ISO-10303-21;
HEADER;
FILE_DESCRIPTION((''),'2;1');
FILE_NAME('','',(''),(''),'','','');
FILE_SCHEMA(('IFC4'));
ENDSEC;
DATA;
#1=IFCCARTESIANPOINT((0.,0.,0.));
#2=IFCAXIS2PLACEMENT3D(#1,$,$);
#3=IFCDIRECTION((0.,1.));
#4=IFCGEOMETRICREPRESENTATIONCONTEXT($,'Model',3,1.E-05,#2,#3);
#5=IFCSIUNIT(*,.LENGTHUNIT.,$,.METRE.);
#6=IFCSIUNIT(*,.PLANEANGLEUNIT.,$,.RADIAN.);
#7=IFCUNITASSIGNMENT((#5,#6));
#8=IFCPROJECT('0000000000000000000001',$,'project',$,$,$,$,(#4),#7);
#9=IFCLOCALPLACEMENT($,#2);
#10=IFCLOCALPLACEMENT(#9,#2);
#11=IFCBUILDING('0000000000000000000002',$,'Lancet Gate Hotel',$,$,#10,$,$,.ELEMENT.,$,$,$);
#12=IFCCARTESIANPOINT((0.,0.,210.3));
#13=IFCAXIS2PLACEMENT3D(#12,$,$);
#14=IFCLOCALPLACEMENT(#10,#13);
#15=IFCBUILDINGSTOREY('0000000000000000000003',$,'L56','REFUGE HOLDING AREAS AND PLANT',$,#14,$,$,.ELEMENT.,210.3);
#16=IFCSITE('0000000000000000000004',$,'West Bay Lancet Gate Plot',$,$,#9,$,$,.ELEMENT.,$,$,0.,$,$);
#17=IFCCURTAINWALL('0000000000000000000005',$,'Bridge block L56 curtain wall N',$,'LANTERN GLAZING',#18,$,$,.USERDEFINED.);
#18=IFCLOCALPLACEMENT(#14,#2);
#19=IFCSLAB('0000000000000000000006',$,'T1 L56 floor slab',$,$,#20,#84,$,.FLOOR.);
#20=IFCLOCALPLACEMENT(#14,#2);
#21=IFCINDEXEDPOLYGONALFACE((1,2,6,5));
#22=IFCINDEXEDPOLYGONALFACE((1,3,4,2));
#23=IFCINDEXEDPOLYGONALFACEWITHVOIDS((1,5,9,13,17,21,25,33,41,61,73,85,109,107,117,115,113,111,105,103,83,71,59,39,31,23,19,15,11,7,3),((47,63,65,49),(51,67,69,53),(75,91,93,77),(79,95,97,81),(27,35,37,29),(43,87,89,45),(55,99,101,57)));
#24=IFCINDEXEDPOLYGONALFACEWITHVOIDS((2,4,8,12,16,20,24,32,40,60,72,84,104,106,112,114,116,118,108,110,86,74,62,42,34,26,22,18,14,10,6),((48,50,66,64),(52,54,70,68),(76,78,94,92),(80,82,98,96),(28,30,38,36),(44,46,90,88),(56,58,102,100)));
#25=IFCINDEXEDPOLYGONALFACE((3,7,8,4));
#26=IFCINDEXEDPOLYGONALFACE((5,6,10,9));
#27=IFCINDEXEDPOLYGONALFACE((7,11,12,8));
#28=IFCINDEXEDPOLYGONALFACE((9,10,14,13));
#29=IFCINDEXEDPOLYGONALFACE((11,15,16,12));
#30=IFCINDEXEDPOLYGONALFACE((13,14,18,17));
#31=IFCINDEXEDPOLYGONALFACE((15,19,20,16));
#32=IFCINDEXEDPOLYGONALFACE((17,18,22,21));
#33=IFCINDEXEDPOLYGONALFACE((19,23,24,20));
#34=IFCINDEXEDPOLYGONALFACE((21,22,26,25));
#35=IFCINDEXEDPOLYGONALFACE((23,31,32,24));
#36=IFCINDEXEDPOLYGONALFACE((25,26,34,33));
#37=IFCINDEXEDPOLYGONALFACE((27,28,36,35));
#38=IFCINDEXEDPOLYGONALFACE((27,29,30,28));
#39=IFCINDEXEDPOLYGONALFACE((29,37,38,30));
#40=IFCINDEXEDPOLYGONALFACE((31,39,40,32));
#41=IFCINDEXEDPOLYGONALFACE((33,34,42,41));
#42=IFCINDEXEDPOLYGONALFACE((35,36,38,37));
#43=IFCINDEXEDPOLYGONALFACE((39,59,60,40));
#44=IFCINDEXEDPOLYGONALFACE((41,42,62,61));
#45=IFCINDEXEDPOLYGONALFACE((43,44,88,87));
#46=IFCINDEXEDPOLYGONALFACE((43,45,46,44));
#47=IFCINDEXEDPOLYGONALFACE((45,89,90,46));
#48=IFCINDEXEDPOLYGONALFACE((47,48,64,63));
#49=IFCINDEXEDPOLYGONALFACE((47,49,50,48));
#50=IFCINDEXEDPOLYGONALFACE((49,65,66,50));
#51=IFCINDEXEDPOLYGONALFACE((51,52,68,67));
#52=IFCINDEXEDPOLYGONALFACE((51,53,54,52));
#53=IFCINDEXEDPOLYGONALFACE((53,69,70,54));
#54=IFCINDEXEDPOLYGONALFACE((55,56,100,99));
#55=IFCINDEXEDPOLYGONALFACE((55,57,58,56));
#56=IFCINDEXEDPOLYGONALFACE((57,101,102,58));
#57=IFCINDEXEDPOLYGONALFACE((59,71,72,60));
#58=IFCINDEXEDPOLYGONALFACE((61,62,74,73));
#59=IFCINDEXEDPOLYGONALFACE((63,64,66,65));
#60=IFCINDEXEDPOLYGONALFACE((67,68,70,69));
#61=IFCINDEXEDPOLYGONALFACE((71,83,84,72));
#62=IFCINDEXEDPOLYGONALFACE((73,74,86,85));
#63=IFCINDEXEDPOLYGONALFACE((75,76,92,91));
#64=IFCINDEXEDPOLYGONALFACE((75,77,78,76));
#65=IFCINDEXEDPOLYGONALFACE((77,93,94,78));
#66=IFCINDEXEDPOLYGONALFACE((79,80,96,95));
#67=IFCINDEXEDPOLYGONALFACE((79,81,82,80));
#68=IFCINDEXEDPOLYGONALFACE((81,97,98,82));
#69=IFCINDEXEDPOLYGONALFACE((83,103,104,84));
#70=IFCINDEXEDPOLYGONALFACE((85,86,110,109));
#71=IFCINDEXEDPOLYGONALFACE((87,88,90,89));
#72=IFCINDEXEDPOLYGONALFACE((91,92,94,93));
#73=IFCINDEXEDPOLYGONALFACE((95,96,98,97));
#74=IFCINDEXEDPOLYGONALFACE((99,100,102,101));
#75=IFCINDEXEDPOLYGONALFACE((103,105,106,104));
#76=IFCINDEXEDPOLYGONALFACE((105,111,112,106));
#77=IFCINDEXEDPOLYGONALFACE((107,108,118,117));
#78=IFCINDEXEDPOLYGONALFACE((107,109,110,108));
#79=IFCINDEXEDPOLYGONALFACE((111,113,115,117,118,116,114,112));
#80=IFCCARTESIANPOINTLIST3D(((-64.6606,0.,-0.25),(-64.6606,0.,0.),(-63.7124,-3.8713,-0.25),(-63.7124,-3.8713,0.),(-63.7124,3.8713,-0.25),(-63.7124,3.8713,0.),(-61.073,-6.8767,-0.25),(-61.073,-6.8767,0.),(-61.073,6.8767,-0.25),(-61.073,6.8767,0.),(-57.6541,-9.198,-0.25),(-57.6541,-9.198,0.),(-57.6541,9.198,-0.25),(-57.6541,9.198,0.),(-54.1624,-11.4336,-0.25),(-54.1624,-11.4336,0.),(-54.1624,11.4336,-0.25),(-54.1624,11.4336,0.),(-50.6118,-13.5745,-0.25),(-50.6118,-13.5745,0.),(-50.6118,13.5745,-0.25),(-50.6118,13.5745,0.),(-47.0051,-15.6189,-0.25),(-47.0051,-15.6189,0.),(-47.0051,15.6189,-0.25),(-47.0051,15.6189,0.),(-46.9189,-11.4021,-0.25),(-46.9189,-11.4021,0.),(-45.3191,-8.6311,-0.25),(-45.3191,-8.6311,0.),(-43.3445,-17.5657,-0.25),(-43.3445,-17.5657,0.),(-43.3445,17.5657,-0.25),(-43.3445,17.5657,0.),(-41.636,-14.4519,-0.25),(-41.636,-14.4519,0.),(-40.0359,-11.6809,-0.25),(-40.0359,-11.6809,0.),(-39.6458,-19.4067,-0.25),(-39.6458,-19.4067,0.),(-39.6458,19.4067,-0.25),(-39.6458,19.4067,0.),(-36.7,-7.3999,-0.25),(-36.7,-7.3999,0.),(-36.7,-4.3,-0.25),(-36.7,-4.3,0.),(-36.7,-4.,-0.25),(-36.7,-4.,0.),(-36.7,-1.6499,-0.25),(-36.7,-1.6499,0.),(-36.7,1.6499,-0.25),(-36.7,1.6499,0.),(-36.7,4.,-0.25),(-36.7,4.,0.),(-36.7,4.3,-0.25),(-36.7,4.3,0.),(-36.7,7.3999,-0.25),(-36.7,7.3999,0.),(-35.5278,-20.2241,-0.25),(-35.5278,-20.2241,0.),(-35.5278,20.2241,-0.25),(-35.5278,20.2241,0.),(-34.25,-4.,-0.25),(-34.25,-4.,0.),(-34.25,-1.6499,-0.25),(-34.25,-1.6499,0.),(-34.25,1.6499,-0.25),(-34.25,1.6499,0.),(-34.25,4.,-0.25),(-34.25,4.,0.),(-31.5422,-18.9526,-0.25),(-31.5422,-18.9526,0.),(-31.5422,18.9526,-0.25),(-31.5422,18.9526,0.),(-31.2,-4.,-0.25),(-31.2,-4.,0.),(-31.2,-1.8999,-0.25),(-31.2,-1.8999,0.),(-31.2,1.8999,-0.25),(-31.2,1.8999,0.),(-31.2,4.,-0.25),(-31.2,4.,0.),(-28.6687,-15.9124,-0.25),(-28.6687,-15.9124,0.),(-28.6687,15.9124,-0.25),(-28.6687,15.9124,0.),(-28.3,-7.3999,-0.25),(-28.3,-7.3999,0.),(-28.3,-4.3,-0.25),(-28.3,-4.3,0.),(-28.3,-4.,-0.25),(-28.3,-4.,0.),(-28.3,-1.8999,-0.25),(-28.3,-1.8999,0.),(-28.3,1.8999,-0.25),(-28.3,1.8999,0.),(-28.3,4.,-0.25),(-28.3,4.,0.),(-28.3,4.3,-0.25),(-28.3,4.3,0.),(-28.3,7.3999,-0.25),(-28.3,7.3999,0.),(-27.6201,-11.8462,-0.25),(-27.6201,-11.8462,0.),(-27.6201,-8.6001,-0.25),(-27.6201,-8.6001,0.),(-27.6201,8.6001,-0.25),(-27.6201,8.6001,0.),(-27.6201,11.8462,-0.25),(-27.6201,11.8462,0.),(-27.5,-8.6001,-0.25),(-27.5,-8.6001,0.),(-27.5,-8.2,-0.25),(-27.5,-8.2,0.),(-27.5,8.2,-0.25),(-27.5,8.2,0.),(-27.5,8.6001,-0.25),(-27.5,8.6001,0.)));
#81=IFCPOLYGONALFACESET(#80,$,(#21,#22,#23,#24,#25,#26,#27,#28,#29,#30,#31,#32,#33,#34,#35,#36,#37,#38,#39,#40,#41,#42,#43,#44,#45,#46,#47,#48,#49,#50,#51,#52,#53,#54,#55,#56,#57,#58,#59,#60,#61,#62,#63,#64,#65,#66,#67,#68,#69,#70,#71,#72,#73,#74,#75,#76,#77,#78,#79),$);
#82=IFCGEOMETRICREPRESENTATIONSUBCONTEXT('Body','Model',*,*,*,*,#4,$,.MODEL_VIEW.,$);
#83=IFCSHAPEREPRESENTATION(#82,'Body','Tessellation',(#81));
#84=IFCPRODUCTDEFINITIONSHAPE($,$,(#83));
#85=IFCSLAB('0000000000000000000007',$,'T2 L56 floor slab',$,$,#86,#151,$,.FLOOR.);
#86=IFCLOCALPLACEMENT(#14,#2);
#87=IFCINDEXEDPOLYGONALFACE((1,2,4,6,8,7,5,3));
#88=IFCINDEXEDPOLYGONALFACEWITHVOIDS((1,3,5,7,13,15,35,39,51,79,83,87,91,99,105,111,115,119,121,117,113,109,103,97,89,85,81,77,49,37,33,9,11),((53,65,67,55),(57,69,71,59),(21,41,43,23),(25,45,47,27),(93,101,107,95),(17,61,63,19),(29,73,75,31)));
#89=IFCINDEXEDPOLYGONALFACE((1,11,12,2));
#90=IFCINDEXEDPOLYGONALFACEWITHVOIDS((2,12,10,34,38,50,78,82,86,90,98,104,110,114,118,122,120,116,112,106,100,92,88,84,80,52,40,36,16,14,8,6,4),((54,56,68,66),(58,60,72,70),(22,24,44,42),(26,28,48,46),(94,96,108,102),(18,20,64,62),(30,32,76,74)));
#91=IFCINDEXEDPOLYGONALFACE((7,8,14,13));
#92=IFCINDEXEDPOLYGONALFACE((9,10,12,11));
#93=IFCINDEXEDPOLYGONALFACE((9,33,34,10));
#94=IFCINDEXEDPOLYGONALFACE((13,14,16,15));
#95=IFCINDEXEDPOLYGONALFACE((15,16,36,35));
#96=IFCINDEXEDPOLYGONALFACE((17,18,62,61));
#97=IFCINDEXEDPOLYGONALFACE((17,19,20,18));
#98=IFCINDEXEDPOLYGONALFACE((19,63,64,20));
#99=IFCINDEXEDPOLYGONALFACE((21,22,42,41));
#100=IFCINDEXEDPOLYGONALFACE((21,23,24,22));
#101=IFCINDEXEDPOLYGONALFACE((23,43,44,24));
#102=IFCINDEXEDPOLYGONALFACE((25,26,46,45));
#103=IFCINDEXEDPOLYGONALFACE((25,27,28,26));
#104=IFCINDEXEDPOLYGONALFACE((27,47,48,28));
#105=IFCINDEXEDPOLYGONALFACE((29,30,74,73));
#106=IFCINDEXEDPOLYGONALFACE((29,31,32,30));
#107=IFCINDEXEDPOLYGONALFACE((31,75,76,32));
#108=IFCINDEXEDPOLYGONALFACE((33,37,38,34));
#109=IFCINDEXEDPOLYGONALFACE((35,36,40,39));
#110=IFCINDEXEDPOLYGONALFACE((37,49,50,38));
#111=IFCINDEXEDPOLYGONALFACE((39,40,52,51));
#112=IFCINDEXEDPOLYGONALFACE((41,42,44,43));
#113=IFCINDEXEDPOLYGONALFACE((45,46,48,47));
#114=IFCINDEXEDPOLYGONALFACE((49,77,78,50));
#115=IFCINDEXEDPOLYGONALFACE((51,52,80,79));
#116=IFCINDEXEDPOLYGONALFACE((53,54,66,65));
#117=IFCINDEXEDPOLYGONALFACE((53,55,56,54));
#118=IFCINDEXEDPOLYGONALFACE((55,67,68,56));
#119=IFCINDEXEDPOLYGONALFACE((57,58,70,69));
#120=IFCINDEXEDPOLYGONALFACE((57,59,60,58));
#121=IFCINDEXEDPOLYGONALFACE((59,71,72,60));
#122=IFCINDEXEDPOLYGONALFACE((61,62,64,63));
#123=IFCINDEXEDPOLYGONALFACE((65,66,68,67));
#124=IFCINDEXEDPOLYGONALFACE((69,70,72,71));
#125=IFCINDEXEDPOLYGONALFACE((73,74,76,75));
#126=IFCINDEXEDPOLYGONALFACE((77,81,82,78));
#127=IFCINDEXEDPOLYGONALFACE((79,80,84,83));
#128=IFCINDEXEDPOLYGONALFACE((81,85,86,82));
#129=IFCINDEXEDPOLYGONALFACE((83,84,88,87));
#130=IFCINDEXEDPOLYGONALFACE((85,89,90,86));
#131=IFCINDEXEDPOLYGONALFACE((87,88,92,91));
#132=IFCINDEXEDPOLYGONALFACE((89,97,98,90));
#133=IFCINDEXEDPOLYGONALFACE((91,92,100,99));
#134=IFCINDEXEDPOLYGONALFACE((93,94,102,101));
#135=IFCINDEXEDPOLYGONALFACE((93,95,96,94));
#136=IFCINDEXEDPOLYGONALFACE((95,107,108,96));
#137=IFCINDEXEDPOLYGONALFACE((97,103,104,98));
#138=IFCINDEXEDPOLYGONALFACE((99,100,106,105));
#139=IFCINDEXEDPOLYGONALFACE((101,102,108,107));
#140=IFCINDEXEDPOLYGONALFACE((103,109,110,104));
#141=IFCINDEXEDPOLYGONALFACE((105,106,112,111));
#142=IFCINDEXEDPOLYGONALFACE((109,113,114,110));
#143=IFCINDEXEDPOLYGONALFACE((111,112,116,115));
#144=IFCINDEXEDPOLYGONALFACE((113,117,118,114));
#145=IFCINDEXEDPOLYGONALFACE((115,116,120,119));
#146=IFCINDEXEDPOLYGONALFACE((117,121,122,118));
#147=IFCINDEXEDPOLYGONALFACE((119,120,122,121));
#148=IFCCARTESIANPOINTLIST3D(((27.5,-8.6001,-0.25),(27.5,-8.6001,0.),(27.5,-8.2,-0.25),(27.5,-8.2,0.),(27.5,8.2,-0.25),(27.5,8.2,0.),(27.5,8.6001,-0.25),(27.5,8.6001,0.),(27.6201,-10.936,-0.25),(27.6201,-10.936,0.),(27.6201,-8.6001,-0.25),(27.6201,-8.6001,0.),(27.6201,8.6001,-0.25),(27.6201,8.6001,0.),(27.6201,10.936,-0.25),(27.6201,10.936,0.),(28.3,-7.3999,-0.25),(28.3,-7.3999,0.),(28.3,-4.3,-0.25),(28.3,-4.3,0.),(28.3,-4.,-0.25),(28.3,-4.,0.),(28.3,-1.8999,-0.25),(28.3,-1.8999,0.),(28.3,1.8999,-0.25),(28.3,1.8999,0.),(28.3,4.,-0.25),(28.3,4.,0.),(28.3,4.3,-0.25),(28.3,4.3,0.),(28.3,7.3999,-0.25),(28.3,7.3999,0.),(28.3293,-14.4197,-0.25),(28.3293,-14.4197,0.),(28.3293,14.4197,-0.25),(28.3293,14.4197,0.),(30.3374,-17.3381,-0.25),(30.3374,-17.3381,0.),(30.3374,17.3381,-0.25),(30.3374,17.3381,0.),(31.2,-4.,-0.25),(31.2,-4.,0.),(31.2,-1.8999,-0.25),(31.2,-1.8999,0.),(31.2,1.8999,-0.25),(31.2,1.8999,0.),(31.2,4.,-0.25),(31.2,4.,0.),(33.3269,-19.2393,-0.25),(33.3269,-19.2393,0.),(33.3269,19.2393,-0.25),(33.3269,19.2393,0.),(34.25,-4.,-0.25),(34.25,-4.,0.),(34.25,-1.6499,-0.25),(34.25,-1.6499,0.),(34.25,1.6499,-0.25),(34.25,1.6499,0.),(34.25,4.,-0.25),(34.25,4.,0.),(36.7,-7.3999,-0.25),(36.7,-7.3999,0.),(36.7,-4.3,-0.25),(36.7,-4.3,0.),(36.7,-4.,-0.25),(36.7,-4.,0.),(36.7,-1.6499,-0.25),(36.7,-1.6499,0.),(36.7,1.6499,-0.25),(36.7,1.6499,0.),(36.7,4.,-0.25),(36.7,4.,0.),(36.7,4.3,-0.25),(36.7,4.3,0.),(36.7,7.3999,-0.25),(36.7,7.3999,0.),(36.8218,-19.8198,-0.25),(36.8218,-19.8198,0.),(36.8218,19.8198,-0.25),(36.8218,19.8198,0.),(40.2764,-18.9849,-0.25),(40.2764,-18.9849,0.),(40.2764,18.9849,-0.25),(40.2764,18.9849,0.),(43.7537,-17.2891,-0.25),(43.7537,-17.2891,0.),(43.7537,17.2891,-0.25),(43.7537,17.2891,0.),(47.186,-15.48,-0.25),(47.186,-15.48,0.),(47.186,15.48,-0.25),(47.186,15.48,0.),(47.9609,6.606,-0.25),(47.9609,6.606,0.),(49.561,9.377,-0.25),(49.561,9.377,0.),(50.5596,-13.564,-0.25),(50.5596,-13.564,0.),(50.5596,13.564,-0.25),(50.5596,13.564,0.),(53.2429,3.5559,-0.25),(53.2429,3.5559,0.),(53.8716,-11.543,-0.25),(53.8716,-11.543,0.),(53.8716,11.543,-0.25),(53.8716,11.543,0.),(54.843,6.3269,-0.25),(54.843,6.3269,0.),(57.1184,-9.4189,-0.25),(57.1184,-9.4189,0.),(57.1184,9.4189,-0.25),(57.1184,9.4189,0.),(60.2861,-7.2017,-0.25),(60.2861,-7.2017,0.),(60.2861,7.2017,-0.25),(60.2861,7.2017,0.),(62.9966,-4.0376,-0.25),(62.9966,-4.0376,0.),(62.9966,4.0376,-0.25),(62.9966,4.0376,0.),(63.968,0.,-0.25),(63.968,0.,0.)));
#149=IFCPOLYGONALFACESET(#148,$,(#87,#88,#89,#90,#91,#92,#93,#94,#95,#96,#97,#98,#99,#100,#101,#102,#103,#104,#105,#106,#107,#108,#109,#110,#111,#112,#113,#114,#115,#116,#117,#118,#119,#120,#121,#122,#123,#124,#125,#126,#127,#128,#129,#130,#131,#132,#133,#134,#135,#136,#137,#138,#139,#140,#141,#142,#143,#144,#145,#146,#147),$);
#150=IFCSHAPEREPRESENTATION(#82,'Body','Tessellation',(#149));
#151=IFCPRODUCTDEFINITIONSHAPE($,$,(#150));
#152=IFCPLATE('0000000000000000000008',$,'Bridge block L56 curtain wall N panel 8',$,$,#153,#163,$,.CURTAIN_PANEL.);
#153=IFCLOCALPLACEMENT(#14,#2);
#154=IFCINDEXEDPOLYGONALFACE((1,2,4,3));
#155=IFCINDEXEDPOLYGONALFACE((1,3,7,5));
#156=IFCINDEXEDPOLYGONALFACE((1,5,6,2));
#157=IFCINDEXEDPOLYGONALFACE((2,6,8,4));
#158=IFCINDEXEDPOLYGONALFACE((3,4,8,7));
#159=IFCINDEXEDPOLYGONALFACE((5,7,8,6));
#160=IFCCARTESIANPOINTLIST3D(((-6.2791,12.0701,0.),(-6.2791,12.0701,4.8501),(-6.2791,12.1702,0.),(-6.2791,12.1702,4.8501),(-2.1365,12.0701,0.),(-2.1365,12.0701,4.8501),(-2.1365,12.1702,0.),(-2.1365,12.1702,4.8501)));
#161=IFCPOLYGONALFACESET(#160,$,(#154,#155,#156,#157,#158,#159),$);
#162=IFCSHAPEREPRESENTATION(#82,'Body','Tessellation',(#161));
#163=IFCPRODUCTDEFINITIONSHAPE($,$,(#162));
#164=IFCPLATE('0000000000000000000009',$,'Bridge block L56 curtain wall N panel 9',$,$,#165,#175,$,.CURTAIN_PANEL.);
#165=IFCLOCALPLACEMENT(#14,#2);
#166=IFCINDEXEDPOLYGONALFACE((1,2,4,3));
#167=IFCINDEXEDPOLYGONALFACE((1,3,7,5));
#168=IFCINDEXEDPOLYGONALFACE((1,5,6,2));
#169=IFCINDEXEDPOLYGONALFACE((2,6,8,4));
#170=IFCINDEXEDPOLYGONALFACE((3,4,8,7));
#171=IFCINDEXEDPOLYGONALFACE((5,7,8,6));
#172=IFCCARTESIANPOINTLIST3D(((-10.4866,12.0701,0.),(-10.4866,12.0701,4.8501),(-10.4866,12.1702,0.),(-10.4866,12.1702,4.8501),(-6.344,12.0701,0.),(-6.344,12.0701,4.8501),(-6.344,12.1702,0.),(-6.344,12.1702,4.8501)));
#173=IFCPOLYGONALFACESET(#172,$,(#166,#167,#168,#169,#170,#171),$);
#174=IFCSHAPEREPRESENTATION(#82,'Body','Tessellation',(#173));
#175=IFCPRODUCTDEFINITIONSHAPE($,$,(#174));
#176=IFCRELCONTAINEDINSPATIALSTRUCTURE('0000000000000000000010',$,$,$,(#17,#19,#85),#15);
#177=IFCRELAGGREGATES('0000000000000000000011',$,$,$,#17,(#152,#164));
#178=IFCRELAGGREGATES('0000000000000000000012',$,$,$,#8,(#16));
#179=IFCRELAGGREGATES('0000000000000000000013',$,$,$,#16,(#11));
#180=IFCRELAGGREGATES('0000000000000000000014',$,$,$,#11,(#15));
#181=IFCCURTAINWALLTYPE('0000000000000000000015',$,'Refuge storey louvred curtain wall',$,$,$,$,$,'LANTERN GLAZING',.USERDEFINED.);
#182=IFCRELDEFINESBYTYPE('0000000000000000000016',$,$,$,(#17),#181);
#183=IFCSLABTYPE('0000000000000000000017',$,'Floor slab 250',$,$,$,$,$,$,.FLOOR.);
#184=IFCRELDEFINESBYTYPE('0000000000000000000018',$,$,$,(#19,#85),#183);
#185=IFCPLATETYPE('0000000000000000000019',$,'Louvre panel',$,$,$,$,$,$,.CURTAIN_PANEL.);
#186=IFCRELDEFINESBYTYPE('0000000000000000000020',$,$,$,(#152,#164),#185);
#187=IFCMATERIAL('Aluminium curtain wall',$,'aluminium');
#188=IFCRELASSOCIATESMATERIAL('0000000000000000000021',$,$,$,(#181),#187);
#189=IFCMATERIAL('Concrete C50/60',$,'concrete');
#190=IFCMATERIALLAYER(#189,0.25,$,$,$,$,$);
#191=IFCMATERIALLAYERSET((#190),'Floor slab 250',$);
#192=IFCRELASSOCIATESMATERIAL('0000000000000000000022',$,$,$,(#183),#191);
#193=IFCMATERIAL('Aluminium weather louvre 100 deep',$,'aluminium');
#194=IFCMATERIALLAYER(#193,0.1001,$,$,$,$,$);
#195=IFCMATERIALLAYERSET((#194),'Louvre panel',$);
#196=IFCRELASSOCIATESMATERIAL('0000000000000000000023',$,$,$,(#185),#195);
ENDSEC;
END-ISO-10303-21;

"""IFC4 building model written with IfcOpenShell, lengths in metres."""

from ifc_helpers import new_model, si_unit, direction, frame, origin, origin_2d, place, context, subcontext, project, spatial, polyline, rectangle, outline, extrude, material, layer, layer_set, type_object, element, aggregate, save


model = new_model("IFC4")

# Units and contexts
model_context = context("Model", 3, precision=1e-05, world=origin(), true_north=direction((0.0, 1.0)))
body_context = subcontext(model_context, "Body", "Model", "MODEL_VIEW")
ifc_project = project(units=[si_unit("LENGTHUNIT", "METRE"), si_unit("PLANEANGLEUNIT", "RADIAN")], contexts=[model_context])

# Site, building, storey
site_placement = place(None, origin())
site = spatial("IfcSite", under=ifc_project, at=site_placement, Name="West Bay Lancet Gate Plot", CompositionType="ELEMENT", RefElevation=0.0)
building_placement = place(site_placement, origin())
building = spatial("IfcBuilding", under=site, at=building_placement, Name="Lancet Gate Hotel", CompositionType="ELEMENT")
storey_placement = place(building_placement, frame((0.0, 0.0, 210.3)))
storey = spatial("IfcBuildingStorey", under=building, at=storey_placement, Name="L56", Description="REFUGE HOLDING AREAS AND PLANT", CompositionType="ELEMENT", Elevation=210.3)

# Curtain wall
ifc_material_1 = material(Name="Aluminium curtain wall", Category="aluminium")
curtain_wall_type = type_object("IfcCurtainWallType", Name="Refuge storey louvred curtain wall", ElementType="LANTERN GLAZING", PredefinedType="USERDEFINED", material=ifc_material_1)
curtain_wall_placement = place(storey_placement, origin())
curtain_wall = element("IfcCurtainWall", 1, at=curtain_wall_placement, inside=storey, type_object=curtain_wall_type, Name="Bridge block L56 curtain wall N", ObjectType="LANTERN GLAZING", PredefinedType="USERDEFINED")

# Slabs
ifc_material_2 = material(Name="Concrete C50/60", Category="concrete")
ifc_layer_1 = layer(ifc_material_2, 0.25)
ifc_layer_set_1 = layer_set([ifc_layer_1], Name="Floor slab 250")
slab_type_1 = type_object("IfcSlabType", Name="Floor slab 250", PredefinedType="FLOOR", material=ifc_layer_set_1)
slab_1_placement = place(storey_placement, frame((0.0, 0.0, -0.25)))
element("IfcSlab", 2, at=slab_1_placement, inside=storey, type_object=slab_type_1, Name="T1 L56 floor slab", PredefinedType="FLOOR", context=body_context, shape_type="SweptSolid", body=[
    extrude(outline(polyline([(-27.5, 8.6001), (-27.6201, 8.6001), (-27.6201, 11.8462), (-28.6687, 15.9124), (-31.5422, 18.9526), (-35.5278, 20.2241), (-39.6458, 19.4067), (-43.3445, 17.5657), (-47.0051, 15.6189), (-50.6118, 13.5745), (-54.1624, 11.4336), (-57.6541, 9.198), (-61.073, 6.8767), (-63.7124, 3.8713), (-64.6606, 0.0), (-63.7124, -3.8713), (-61.073, -6.8767), (-57.6541, -9.198), (-54.1624, -11.4336), (-50.6118, -13.5745), (-47.0051, -15.6189), (-43.3445, -17.5657), (-39.6458, -19.4067), (-35.5278, -20.2241), (-31.5422, -18.9526), (-28.6687, -15.9124), (-27.6201, -11.8462), (-27.6201, -8.6001), (-27.5, -8.6001), (-27.5, -8.2), (-27.5, 8.2), (-27.5, 8.6001)]), holes=[polyline([(-36.7, 7.3999), (-36.7, 4.3), (-28.3, 4.3), (-28.3, 7.3999), (-36.7, 7.3999)]), polyline([(-28.3, 4.0), (-31.2, 4.0), (-31.2, 1.8999), (-28.3, 1.8999), (-28.3, 4.0)]), polyline([(-34.25, 4.0), (-36.7, 4.0), (-36.7, 1.6499), (-34.25, 1.6499), (-34.25, 4.0)]), polyline([(-36.7, -1.6499), (-36.7, -4.0), (-34.25, -4.0), (-34.25, -1.6499), (-36.7, -1.6499)]), polyline([(-28.3, -1.8999), (-31.2, -1.8999), (-31.2, -4.0), (-28.3, -4.0), (-28.3, -1.8999)]), polyline([(-28.3, -4.3), (-36.7, -4.3), (-36.7, -7.3999), (-28.3, -7.3999), (-28.3, -4.3)]), polyline([(-45.3191, -8.6311), (-46.9189, -11.4021), (-41.636, -14.4519), (-40.0359, -11.6809), (-45.3191, -8.6311)])]), origin(), (0.0, 0.0, 1.0), 0.25),
])
slab_2_placement = place(storey_placement, frame((0.0, 0.0, -0.25)))
element("IfcSlab", 3, at=slab_2_placement, inside=storey, type_object=slab_type_1, Name="T2 L56 floor slab", PredefinedType="FLOOR", context=body_context, shape_type="SweptSolid", body=[
    extrude(outline(polyline([(27.5, -8.6001), (27.6201, -8.6001), (27.6201, -10.936), (28.3293, -14.4197), (30.3374, -17.3381), (33.3269, -19.2393), (36.8218, -19.8198), (40.2764, -18.9849), (43.7537, -17.2891), (47.186, -15.48), (50.5596, -13.564), (53.8716, -11.543), (57.1184, -9.4189), (60.2861, -7.2017), (62.9966, -4.0376), (63.968, 0.0), (62.9966, 4.0376), (60.2861, 7.2017), (57.1184, 9.4189), (53.8716, 11.543), (50.5596, 13.564), (47.186, 15.48), (43.7537, 17.2891), (40.2764, 18.9849), (36.8218, 19.8198), (33.3269, 19.2393), (30.3374, 17.3381), (28.3293, 14.4197), (27.6201, 10.936), (27.6201, 8.6001), (27.5, 8.6001), (27.5, 8.2), (27.5, -8.2), (27.5, -8.6001)]), holes=[polyline([(36.7, -7.3999), (36.7, -4.3), (28.3, -4.3), (28.3, -7.3999), (36.7, -7.3999)]), polyline([(28.3, -4.0), (31.2, -4.0), (31.2, -1.8999), (28.3, -1.8999), (28.3, -4.0)]), polyline([(34.25, -4.0), (36.7, -4.0), (36.7, -1.6499), (34.25, -1.6499), (34.25, -4.0)]), polyline([(36.7, 1.6499), (36.7, 4.0), (34.25, 4.0), (34.25, 1.6499), (36.7, 1.6499)]), polyline([(28.3, 1.8999), (31.2, 1.8999), (31.2, 4.0), (28.3, 4.0), (28.3, 1.8999)]), polyline([(28.3, 4.3), (36.7, 4.3), (36.7, 7.3999), (28.3, 7.3999), (28.3, 4.3)]), polyline([(53.2429, 3.5559), (54.843, 6.3269), (49.561, 9.377), (47.9609, 6.606), (53.2429, 3.5559)])]), origin(), (0.0, 0.0, 1.0), 0.25),
])

# Plates
ifc_material_3 = material(Name="Aluminium weather louvre 100 deep", Category="aluminium")
ifc_layer_2 = layer(ifc_material_3, 0.1001)
ifc_layer_set_2 = layer_set([ifc_layer_2], Name="Louvre panel")
plate_type = type_object("IfcPlateType", Name="Louvre panel", PredefinedType="CURTAIN_PANEL", material=ifc_layer_set_2)
plate_1_placement = place(storey_placement, frame((-4.2078, 12.1201, 0.0), z_axis=(0.0, 0.0, 1.0), x_axis=(-1.0, 0.0, 0.0)))
plate_1 = element("IfcPlate", 4, at=plate_1_placement, type_object=plate_type, Name="Bridge block L56 curtain wall N panel 8", PredefinedType="CURTAIN_PANEL", context=body_context, shape_type="SweptSolid", body=[
    extrude(rectangle(XDim=4.1426, YDim=0.1001, at=origin_2d()), origin(), (0.0, 0.0, 1.0), 4.8501),
])
plate_2_placement = place(storey_placement, frame((-8.4153, 12.1201, 0.0), z_axis=(0.0, 0.0, 1.0), x_axis=(-1.0, 0.0, 0.0)))
plate_2 = element("IfcPlate", 5, at=plate_2_placement, type_object=plate_type, Name="Bridge block L56 curtain wall N panel 9", PredefinedType="CURTAIN_PANEL", context=body_context, shape_type="SweptSolid", body=[
    extrude(rectangle(XDim=4.1426, YDim=0.1001, at=origin_2d()), origin(), (0.0, 0.0, 1.0), 4.8501),
])
aggregate(curtain_wall, [plate_1, plate_2])

save(model, "model.ifc")
